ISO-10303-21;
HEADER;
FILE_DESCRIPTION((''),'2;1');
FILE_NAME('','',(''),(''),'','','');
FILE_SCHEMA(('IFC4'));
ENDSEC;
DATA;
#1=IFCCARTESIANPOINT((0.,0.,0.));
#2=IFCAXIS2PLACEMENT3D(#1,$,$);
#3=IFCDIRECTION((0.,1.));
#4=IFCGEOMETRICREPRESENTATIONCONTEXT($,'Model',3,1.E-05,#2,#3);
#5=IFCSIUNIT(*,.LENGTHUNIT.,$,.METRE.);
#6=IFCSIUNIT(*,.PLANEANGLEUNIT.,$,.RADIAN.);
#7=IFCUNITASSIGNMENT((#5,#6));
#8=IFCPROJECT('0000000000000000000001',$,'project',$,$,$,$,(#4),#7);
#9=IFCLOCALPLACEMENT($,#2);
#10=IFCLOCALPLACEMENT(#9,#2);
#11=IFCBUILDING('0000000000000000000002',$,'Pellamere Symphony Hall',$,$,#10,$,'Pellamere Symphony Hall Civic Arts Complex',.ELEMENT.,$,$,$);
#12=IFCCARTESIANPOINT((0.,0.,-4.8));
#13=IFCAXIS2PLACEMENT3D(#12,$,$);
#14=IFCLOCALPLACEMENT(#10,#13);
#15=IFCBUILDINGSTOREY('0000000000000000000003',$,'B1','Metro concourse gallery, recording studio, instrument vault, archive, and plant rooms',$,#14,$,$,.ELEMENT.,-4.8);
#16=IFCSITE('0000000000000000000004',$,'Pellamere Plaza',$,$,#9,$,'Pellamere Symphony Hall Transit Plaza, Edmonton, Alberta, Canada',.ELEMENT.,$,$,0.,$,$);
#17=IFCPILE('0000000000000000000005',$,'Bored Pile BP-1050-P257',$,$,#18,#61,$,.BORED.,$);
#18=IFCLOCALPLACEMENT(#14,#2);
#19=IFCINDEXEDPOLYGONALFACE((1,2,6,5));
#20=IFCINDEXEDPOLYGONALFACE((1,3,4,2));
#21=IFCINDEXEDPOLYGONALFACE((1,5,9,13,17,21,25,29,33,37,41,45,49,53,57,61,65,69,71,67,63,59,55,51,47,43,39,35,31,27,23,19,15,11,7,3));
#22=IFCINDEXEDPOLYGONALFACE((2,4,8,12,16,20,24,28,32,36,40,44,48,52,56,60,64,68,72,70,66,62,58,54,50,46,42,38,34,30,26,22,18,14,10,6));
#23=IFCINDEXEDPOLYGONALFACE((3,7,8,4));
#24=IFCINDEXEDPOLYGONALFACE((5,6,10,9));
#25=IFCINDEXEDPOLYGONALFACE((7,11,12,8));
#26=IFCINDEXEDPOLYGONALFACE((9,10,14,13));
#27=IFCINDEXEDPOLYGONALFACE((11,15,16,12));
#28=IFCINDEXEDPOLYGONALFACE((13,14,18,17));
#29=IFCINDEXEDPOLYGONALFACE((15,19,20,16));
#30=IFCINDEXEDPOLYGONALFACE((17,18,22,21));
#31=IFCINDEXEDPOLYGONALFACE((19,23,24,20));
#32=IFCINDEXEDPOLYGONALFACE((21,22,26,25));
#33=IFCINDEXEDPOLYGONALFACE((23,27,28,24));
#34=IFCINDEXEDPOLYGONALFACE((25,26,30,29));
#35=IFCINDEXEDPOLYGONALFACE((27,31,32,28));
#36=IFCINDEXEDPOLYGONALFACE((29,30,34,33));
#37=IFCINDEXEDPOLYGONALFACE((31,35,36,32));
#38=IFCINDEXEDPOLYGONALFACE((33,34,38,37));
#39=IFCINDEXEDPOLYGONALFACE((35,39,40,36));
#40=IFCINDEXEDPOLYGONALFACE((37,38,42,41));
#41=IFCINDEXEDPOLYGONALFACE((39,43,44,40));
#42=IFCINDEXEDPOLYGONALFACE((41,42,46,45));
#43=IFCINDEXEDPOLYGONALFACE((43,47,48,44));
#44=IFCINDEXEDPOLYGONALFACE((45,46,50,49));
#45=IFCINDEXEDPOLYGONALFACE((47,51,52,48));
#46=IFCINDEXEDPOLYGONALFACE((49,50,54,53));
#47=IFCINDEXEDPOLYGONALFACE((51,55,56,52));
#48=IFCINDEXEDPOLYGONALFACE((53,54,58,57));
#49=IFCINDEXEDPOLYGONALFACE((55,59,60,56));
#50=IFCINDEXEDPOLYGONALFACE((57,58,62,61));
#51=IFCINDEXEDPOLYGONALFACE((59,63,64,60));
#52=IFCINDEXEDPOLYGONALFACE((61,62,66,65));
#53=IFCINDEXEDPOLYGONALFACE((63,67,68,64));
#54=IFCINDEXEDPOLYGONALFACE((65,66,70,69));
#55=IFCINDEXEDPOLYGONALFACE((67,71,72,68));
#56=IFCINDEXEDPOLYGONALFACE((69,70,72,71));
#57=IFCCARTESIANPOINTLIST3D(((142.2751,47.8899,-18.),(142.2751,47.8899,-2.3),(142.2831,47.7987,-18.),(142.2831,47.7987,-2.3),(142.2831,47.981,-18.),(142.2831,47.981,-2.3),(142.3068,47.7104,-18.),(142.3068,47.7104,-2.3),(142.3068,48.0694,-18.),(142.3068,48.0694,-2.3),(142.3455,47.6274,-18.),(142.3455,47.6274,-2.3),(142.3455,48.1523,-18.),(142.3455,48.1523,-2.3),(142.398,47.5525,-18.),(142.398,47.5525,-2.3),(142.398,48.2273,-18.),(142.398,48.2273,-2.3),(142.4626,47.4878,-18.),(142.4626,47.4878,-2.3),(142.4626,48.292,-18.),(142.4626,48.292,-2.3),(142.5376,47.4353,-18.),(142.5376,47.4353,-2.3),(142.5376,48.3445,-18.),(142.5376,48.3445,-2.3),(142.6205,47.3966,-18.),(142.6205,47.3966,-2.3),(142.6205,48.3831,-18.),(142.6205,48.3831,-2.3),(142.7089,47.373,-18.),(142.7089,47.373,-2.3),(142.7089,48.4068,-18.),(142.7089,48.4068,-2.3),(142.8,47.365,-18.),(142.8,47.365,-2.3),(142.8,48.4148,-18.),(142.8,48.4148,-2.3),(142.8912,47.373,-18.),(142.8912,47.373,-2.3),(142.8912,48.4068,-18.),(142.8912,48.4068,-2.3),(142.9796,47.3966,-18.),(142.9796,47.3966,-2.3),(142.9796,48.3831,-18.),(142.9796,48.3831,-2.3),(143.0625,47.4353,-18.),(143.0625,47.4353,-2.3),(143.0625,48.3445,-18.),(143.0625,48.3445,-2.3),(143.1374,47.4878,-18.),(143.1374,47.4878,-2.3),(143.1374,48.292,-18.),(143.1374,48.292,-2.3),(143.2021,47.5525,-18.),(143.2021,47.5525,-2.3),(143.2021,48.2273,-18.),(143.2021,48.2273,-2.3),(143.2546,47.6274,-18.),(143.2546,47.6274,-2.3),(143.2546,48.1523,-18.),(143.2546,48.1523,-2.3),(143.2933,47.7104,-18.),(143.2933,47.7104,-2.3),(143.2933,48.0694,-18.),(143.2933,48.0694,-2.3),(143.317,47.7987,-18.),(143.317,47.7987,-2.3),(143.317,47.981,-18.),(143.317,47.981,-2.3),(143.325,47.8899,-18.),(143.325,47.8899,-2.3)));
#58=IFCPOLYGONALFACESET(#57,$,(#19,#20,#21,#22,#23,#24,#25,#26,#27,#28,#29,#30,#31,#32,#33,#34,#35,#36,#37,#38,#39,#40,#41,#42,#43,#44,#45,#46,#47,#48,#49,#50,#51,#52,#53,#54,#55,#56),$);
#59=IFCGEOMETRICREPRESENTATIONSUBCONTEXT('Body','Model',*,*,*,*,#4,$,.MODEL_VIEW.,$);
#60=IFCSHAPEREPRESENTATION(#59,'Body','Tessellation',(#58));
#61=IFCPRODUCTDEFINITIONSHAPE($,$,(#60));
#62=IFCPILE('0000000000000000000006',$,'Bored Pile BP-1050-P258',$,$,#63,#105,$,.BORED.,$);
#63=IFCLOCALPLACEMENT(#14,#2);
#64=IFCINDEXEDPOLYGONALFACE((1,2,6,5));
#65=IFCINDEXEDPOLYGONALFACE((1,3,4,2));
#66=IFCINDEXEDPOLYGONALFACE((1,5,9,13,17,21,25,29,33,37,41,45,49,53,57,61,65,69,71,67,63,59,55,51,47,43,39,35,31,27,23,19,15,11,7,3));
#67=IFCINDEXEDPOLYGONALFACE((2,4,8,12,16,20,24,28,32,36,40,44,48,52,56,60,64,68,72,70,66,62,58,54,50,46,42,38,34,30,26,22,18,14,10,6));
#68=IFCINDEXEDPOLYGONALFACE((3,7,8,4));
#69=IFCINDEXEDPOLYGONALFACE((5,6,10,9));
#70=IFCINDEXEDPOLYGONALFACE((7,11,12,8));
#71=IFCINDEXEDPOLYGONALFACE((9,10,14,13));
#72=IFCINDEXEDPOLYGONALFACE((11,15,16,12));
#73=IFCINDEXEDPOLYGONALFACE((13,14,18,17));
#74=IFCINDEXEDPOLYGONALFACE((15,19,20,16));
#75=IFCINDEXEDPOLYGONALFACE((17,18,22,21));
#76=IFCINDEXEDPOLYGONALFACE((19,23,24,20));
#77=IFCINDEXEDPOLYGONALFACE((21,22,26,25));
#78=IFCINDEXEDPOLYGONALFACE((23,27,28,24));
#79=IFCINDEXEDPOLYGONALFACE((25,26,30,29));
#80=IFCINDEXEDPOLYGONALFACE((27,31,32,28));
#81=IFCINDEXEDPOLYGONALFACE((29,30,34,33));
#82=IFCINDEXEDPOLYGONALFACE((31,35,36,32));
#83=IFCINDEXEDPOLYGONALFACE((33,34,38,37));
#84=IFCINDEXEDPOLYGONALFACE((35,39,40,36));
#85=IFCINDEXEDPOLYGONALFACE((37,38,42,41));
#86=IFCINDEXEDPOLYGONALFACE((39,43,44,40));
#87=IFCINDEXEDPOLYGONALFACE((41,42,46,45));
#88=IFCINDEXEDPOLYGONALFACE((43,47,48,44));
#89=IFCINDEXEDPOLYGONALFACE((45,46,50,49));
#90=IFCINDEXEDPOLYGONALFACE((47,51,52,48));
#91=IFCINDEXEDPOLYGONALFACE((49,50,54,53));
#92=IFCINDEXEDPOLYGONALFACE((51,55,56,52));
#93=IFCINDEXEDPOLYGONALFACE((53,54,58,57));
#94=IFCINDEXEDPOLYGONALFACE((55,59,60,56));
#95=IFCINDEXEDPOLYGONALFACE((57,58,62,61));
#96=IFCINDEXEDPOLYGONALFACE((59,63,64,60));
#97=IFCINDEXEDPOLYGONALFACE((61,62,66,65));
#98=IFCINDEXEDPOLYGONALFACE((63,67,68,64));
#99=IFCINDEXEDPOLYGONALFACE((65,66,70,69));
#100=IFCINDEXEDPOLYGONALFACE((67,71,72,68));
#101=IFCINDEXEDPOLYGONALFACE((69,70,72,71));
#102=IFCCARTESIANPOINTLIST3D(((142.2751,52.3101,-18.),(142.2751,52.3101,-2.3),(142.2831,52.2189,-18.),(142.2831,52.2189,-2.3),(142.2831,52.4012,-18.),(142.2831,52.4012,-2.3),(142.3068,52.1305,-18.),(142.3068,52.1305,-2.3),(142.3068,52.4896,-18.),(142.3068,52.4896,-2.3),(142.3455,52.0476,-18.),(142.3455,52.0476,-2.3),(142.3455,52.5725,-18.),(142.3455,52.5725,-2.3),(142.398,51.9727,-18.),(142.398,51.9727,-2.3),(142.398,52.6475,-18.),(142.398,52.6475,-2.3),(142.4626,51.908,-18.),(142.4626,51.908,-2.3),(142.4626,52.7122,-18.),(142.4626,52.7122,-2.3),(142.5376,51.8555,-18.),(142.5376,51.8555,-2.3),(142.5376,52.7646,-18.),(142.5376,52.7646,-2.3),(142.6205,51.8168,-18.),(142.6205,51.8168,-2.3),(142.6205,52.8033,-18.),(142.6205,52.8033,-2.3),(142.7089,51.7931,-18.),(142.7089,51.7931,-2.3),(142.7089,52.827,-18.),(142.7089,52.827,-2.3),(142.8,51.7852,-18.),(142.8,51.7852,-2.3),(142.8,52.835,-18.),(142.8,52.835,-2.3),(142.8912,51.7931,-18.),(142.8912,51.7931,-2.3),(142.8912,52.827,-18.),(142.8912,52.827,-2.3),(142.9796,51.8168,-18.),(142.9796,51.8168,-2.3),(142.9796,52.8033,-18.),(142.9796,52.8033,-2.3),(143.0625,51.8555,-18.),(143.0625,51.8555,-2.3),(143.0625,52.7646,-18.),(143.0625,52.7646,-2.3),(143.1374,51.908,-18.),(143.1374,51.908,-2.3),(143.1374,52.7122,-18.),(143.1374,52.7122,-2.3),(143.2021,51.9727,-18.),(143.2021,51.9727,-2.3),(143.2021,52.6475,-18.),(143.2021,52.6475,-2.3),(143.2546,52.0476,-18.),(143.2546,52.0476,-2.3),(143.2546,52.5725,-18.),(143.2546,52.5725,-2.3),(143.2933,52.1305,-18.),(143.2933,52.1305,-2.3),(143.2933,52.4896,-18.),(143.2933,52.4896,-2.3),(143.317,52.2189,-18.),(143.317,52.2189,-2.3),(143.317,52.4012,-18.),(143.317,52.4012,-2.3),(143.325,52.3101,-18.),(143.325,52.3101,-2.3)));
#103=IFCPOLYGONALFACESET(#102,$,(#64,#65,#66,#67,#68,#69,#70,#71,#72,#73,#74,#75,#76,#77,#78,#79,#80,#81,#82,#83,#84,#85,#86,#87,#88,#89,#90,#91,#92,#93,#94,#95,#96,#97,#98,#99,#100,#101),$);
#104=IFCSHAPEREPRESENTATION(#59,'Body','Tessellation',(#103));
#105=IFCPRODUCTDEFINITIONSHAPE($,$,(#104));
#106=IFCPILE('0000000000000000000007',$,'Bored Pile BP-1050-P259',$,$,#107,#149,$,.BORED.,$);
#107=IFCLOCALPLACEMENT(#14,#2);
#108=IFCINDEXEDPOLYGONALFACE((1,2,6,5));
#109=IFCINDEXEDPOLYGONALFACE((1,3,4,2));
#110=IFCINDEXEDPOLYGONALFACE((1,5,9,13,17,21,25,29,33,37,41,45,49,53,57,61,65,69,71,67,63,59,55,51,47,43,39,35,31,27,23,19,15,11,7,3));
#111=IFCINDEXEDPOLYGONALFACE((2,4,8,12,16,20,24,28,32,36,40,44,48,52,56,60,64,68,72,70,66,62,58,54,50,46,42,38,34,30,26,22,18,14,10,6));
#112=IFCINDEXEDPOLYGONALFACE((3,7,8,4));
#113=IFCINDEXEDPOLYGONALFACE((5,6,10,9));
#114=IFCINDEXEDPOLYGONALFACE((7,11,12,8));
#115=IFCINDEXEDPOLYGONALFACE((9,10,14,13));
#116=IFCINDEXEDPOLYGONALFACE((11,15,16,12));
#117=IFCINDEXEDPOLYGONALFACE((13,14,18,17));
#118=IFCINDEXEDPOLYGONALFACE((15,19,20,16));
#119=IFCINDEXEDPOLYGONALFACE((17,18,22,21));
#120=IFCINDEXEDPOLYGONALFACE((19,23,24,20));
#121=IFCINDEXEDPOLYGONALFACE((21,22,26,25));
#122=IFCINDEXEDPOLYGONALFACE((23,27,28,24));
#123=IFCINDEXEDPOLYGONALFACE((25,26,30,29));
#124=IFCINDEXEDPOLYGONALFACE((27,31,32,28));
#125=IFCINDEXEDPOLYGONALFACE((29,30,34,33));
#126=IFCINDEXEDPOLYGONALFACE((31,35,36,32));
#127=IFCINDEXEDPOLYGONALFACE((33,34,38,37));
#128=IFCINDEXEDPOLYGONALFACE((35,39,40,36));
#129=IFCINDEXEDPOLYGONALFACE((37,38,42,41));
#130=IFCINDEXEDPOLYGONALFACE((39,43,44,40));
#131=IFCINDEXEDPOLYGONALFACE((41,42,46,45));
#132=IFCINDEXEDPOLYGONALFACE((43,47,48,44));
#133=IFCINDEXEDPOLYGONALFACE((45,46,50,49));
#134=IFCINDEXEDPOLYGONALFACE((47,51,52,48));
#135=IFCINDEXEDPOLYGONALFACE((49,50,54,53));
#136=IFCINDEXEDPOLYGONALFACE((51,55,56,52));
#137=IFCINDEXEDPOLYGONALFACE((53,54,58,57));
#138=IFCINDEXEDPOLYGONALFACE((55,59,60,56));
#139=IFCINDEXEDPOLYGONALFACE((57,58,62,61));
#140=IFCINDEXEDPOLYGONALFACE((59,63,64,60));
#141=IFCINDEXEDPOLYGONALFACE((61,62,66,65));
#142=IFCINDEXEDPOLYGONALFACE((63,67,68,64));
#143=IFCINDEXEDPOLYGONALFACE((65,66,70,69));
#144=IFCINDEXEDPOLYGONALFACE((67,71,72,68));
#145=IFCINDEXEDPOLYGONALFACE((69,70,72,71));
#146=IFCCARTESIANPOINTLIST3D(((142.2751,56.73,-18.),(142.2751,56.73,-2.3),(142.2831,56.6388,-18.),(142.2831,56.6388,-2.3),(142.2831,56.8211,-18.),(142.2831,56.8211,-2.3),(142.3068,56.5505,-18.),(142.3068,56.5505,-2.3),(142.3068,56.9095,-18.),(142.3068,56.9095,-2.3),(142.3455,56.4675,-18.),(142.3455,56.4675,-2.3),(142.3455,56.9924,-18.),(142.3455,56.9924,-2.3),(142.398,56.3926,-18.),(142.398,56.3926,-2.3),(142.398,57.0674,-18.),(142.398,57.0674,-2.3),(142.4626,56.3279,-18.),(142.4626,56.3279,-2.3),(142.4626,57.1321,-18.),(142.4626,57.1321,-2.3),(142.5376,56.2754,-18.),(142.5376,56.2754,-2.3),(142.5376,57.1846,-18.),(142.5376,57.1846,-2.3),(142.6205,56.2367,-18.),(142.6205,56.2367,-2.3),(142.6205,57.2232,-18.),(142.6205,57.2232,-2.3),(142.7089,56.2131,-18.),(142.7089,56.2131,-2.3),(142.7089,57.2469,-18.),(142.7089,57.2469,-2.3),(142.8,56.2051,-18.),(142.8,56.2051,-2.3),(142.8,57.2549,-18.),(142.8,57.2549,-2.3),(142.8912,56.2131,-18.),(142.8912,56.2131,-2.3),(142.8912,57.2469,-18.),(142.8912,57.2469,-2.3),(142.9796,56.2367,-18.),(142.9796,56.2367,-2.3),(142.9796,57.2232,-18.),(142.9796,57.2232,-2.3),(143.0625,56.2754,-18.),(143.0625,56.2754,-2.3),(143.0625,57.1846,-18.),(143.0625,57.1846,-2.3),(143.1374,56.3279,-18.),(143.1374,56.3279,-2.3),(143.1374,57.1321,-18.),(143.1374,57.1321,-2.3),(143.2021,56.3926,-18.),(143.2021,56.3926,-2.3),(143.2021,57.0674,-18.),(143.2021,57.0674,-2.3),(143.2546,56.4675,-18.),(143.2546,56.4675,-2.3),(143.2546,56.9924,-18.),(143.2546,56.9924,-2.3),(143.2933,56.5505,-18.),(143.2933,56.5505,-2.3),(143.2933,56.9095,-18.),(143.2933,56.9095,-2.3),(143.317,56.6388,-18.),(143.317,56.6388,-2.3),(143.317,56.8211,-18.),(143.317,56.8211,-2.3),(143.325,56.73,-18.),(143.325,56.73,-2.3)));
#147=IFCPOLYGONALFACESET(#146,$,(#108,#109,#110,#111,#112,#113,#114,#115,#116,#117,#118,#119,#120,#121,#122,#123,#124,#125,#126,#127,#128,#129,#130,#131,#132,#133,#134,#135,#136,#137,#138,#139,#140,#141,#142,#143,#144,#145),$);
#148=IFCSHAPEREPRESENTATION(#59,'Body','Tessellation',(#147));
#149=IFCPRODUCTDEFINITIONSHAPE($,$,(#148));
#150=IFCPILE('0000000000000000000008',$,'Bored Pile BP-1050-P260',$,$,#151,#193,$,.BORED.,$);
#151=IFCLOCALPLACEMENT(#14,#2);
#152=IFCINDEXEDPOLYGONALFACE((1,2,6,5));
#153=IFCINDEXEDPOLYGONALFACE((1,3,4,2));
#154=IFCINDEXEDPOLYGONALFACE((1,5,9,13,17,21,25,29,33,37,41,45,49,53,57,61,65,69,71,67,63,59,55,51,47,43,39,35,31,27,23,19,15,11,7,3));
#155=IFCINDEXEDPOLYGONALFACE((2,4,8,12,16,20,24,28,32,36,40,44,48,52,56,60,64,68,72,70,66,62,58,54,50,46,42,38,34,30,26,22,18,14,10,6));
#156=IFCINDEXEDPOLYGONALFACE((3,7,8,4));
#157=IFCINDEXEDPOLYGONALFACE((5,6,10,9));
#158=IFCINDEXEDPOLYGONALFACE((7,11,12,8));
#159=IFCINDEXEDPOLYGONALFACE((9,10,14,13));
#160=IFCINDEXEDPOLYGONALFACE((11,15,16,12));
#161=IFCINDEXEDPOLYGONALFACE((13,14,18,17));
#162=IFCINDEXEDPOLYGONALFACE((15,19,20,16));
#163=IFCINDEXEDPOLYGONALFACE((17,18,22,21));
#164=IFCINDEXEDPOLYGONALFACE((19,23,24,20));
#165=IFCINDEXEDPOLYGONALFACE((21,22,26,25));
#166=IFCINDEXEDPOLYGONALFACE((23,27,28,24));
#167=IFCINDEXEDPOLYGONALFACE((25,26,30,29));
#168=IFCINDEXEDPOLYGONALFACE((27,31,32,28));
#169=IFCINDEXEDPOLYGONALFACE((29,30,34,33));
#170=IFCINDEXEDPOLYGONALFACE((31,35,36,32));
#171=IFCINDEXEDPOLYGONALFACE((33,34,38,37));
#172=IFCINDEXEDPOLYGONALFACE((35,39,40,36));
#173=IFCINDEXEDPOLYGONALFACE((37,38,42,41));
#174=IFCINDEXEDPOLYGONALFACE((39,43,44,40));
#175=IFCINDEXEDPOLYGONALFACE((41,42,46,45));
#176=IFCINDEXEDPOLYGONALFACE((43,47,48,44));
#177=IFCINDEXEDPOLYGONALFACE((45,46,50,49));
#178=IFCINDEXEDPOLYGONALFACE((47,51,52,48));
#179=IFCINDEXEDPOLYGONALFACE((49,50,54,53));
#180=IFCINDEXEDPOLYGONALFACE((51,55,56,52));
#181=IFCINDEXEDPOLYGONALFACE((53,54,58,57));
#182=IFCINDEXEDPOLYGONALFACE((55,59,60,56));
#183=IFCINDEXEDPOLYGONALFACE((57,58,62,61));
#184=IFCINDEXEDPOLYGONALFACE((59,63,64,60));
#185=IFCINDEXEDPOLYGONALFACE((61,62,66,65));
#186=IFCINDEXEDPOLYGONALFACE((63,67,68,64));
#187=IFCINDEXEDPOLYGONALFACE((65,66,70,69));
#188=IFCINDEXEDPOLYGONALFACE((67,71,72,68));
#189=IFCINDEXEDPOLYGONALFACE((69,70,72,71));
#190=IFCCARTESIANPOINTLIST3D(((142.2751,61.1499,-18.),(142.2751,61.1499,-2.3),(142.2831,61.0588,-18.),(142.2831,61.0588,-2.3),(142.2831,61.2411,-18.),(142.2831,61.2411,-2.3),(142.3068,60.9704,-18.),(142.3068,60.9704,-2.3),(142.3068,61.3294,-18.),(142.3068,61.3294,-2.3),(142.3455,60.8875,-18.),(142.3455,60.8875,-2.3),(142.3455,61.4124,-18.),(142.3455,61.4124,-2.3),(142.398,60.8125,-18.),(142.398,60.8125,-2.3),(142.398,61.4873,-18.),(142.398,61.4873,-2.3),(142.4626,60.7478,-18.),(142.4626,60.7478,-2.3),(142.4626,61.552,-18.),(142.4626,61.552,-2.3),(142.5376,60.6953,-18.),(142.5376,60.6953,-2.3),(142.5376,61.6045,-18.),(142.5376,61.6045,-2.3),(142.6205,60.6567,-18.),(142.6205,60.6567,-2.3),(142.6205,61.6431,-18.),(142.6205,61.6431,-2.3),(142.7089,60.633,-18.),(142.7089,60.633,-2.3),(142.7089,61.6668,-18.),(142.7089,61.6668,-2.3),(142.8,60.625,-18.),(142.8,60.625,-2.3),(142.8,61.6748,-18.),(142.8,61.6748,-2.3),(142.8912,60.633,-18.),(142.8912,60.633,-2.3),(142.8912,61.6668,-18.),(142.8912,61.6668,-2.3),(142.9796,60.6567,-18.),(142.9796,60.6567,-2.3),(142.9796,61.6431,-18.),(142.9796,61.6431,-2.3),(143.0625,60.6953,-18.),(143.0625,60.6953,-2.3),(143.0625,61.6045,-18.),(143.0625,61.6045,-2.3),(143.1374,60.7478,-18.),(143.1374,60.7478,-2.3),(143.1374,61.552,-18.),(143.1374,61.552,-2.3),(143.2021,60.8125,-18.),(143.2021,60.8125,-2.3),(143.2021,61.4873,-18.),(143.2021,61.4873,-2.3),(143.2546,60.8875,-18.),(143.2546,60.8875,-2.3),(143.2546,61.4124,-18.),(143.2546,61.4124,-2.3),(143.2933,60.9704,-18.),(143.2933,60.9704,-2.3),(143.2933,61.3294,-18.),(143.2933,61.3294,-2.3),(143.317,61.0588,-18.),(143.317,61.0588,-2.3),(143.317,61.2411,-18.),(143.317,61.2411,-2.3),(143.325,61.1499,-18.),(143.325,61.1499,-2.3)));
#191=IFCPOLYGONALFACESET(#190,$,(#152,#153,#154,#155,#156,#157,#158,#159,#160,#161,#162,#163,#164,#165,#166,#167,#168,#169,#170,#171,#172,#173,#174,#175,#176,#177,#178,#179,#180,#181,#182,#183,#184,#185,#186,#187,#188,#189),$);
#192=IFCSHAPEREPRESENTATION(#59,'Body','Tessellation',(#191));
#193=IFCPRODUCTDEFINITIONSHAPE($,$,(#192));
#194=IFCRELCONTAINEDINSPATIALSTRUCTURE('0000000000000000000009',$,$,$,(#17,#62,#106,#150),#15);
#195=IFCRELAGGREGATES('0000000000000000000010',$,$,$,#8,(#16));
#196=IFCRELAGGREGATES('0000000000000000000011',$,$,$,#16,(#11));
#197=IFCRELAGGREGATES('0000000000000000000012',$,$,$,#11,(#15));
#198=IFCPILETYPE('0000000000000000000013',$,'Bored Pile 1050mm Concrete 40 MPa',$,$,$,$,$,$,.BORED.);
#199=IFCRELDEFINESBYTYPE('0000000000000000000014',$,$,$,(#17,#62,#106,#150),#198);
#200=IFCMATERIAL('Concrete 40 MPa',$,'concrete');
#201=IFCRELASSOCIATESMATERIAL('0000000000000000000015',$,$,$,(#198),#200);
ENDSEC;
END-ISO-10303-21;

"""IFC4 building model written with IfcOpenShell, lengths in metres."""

from ifc_helpers import new_model, si_unit, direction, frame, origin, origin_2d, place, context, subcontext, project, spatial, circle, extrude, material, material_profile, profile_set, type_object, element, save


model = new_model("IFC4")

# Units and contexts
model_context = context("Model", 3, precision=1e-05, world=origin(), true_north=direction((0.0, 1.0)))
body_context = subcontext(model_context, "Body", "Model", "MODEL_VIEW")
ifc_project = project(units=[si_unit("LENGTHUNIT", "METRE"), si_unit("PLANEANGLEUNIT", "RADIAN")], contexts=[model_context])

# Site, building, storey
site_placement = place(None, origin())
site = spatial("IfcSite", under=ifc_project, at=site_placement, Name="Pellamere Plaza", LongName="Pellamere Symphony Hall Transit Plaza, Edmonton, Alberta, Canada", CompositionType="ELEMENT", RefElevation=0.0)
building_placement = place(site_placement, origin())
building = spatial("IfcBuilding", under=site, at=building_placement, Name="Pellamere Symphony Hall", LongName="Pellamere Symphony Hall Civic Arts Complex", CompositionType="ELEMENT")
storey_placement = place(building_placement, frame((0.0, 0.0, -4.8)))
storey = spatial("IfcBuildingStorey", under=building, at=storey_placement, Name="B1", Description="Metro concourse gallery, recording studio, instrument vault, archive, and plant rooms", CompositionType="ELEMENT", Elevation=-4.8)

# Piles
ifc_material_1 = material(Name="Concrete 40 MPa", Category="concrete")
ifc_material_profile_1 = material_profile(ifc_material_1, circle(Radius=0.5249, at=origin_2d()), Name="PILE D1050")
ifc_profile_set_1 = profile_set([ifc_material_profile_1], Name="Concrete 40 MPa")
pile_type_1 = type_object("IfcPileType", Name="Bored Pile 1050mm Concrete 40 MPa", PredefinedType="BORED", material=ifc_profile_set_1)
for number, where, z_axis, x_axis, name in (
    (1, (142.8, 47.8899, -2.3), (0.0, 0.0, -1.0), (1.0, 0.0, 0.0), "Bored Pile BP-1050-P257"),
    (2, (142.8, 52.3101, -2.3), (0.0, 0.0, -1.0), (1.0, 0.0, 0.0), "Bored Pile BP-1050-P258"),
    (3, (142.8, 56.73, -2.3), (0.0, 0.0, -1.0), (1.0, 0.0, 0.0), "Bored Pile BP-1050-P259"),
    (4, (142.8, 61.1499, -2.3), (0.0, 0.0, -1.0), (1.0, 0.0, 0.0), "Bored Pile BP-1050-P260"),
):
    element("IfcPile", number, at=place(storey_placement, frame(where, z_axis=z_axis, x_axis=x_axis)), inside=storey, type_object=pile_type_1, Name=name, PredefinedType="BORED", context=body_context, shape_type="SweptSolid", body=[
        extrude(circle(Radius=0.5249, at=origin_2d()), origin(), (0.0, 0.0, 1.0), 15.7),
    ])

save(model, "model.ifc")
